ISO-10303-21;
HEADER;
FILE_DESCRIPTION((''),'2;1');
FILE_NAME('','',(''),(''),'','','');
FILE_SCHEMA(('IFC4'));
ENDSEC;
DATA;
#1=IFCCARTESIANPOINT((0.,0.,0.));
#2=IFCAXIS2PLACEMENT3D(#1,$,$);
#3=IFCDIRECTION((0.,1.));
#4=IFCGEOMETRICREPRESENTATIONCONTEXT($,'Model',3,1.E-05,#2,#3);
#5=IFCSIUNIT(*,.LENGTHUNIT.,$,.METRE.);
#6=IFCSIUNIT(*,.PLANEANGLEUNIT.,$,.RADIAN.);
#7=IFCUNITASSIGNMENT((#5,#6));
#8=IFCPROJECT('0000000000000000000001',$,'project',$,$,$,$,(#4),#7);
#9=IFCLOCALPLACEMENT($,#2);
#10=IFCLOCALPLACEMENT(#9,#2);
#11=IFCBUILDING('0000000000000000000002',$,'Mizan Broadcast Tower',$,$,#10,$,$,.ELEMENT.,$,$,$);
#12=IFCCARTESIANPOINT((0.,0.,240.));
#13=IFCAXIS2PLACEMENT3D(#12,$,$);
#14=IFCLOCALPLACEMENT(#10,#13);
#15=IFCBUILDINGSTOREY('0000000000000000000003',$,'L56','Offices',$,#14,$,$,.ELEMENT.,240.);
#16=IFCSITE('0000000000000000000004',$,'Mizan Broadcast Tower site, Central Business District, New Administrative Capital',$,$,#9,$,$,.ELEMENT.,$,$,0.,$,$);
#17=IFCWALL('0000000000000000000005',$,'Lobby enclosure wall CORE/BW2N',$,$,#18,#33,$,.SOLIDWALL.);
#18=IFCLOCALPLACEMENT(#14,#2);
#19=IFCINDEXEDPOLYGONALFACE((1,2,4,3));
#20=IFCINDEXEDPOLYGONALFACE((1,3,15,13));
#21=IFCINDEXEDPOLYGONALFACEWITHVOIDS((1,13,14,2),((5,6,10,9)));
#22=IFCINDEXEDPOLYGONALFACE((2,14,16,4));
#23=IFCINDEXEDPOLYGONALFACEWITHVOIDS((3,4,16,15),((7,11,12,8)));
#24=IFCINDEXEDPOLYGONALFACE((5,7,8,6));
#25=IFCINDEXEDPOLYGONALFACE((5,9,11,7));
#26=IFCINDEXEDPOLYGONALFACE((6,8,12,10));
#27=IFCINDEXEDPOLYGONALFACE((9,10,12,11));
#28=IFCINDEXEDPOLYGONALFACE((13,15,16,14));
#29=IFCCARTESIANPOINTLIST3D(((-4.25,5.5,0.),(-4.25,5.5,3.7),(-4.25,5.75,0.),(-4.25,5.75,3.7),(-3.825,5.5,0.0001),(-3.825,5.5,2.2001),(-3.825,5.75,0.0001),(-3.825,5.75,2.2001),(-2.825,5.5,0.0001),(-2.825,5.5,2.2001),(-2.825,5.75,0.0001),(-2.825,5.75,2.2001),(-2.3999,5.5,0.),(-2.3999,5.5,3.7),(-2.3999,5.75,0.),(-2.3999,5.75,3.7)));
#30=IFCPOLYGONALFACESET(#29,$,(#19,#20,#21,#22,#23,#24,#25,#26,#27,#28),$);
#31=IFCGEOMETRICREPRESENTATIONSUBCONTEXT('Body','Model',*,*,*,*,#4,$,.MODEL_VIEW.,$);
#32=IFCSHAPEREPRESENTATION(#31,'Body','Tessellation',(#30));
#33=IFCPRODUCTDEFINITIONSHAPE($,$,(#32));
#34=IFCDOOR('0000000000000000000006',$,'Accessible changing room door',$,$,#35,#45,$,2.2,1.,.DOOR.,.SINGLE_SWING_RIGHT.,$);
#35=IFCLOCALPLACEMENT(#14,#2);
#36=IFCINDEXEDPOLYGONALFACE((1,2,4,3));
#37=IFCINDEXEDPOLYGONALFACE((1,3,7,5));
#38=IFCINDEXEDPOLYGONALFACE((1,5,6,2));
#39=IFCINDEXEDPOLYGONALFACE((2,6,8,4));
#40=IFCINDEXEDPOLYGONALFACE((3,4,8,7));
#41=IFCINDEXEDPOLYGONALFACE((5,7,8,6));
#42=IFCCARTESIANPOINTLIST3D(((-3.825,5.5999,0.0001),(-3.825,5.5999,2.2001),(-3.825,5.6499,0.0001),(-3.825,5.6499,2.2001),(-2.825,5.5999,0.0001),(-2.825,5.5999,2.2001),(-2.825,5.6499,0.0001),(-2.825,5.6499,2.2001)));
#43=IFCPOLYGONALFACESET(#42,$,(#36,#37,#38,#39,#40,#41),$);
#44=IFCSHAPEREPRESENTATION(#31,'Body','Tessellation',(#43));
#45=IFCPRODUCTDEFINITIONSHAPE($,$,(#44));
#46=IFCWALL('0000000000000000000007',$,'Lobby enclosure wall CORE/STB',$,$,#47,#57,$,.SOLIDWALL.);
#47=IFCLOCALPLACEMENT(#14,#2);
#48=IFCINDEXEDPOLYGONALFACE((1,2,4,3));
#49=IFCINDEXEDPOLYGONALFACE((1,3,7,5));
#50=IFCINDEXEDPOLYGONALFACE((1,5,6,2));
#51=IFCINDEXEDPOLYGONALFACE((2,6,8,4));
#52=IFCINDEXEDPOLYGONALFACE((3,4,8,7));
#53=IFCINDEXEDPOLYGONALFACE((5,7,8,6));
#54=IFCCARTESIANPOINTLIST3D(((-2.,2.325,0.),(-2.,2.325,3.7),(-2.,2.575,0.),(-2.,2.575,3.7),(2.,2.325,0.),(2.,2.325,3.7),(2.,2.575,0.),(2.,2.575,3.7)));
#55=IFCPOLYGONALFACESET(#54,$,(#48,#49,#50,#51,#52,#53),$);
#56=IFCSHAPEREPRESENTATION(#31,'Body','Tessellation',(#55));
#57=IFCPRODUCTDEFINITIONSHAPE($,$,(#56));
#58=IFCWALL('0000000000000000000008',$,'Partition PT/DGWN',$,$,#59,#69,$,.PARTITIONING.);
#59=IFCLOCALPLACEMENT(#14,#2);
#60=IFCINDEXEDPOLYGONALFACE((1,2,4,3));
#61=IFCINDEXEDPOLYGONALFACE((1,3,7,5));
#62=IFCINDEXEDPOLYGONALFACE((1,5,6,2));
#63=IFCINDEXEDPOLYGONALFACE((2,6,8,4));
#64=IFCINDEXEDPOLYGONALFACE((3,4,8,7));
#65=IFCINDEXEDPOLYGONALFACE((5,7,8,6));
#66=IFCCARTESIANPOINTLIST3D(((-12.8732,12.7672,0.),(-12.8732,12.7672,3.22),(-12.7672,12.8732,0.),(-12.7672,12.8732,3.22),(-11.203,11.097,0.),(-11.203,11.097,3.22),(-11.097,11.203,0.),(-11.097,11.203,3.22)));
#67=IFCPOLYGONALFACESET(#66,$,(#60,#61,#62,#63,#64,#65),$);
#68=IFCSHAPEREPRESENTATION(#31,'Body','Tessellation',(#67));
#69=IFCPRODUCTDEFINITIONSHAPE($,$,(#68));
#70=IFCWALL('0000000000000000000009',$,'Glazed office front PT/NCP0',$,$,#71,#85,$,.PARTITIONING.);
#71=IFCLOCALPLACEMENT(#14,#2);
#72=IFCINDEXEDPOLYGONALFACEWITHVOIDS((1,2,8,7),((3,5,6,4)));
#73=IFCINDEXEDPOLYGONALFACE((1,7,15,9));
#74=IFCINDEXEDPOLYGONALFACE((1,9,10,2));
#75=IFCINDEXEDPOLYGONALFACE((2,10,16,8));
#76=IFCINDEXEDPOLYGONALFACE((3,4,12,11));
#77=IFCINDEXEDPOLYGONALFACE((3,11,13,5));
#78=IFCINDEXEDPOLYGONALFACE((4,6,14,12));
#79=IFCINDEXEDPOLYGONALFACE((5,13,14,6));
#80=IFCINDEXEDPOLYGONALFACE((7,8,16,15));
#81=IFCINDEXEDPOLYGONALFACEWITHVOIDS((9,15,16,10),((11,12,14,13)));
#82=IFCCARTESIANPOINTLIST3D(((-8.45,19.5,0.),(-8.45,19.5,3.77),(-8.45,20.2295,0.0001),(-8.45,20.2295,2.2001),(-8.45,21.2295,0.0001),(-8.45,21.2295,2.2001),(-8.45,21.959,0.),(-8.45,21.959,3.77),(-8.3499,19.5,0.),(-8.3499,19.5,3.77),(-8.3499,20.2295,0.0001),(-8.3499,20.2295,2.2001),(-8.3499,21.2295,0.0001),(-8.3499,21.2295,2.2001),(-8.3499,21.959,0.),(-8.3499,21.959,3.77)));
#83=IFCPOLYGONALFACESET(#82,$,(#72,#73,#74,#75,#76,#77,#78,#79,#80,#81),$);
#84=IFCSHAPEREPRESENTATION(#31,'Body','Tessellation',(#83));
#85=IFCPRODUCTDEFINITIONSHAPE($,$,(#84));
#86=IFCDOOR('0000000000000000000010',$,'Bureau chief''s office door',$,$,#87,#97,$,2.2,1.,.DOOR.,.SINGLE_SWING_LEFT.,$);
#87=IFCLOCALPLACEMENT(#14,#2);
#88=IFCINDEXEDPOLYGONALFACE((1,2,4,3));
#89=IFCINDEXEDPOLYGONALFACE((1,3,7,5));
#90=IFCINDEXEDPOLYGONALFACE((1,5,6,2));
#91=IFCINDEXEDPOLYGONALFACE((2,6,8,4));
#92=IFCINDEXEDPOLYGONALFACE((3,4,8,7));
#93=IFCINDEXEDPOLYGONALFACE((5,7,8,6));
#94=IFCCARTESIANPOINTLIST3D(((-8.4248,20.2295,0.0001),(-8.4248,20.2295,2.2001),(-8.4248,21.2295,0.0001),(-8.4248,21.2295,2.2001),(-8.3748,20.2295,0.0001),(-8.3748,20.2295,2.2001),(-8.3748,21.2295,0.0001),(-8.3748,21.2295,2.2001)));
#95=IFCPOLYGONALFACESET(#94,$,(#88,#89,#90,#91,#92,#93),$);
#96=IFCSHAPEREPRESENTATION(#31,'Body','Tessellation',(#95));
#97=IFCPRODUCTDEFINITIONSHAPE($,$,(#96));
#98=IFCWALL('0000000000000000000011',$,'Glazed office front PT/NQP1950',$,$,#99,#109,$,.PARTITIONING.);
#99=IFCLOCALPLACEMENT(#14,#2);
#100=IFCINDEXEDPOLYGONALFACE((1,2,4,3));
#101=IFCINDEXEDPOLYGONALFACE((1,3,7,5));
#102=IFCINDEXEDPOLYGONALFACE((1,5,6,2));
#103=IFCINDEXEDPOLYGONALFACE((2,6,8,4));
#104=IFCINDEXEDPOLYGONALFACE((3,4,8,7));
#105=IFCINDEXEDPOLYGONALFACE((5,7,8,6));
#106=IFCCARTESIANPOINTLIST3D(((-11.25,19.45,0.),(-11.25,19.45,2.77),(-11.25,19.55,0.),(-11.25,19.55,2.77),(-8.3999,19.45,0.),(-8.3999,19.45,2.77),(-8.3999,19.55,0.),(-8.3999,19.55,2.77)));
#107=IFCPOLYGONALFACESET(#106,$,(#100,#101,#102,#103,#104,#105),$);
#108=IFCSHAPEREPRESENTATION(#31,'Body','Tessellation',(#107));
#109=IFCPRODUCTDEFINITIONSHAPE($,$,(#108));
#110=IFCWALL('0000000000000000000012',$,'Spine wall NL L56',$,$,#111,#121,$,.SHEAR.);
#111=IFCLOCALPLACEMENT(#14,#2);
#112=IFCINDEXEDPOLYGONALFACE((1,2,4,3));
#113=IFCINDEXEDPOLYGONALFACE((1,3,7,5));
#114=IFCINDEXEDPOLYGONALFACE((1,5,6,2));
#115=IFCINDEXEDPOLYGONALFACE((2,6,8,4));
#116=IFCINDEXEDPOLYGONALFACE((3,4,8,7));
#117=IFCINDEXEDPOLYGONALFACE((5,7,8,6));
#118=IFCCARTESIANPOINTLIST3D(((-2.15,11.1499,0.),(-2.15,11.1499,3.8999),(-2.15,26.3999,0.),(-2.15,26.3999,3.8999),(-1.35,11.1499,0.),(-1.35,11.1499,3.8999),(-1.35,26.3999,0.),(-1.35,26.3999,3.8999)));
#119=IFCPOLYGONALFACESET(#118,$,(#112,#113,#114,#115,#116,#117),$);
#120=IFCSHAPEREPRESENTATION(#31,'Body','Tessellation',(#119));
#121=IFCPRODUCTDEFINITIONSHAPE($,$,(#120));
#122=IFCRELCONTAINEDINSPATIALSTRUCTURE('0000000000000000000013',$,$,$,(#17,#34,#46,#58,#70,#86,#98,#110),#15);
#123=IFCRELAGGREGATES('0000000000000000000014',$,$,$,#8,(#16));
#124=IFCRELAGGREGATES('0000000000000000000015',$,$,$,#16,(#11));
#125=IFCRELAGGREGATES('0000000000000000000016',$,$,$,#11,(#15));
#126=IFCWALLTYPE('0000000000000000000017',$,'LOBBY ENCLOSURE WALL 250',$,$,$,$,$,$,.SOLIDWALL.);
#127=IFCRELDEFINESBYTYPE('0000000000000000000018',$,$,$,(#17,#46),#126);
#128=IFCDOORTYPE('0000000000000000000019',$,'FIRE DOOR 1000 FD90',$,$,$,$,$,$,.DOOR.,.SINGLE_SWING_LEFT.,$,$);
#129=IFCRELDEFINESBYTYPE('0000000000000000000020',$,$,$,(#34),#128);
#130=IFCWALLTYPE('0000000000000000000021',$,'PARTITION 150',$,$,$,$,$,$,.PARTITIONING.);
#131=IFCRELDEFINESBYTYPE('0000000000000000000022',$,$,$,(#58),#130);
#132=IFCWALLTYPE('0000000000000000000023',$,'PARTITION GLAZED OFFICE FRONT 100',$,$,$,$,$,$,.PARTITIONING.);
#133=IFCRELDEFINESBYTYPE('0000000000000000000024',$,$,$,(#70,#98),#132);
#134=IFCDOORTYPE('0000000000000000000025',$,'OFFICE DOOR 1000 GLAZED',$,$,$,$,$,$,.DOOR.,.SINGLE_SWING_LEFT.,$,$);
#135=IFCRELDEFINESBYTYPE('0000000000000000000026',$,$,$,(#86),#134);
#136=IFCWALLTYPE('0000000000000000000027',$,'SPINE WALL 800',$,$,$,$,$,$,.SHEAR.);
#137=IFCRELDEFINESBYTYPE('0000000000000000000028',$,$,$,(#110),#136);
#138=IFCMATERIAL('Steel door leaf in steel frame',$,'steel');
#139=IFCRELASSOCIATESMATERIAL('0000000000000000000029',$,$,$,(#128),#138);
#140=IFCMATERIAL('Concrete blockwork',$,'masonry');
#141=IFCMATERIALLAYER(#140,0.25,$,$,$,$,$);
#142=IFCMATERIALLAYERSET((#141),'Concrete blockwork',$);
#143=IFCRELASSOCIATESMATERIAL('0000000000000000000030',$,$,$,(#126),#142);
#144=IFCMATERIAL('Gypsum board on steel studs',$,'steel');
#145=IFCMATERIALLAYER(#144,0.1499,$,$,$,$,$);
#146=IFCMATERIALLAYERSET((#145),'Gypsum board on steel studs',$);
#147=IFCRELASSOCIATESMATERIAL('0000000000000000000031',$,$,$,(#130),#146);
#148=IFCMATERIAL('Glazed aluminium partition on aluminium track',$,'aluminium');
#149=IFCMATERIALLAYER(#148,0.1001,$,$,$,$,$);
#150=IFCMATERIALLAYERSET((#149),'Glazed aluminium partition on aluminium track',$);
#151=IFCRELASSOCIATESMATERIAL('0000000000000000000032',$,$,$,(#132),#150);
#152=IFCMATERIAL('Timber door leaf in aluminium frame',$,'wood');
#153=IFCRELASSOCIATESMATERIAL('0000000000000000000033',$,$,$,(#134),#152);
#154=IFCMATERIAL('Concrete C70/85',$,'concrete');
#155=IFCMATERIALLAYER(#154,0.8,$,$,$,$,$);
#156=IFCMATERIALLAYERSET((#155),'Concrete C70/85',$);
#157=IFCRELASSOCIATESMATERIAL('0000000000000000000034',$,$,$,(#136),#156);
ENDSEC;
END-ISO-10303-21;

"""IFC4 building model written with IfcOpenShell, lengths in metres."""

from ifc_helpers import new_model, si_unit, direction, frame, frame_2d, origin, place, context, subcontext, project, spatial, rectangle, extrude, material, layer, layer_set, type_object, element, fill, save


model = new_model("IFC4")

# Units and contexts
model_context = context("Model", 3, precision=1e-05, world=origin(), true_north=direction((0.0, 1.0)))
body_context = subcontext(model_context, "Body", "Model", "MODEL_VIEW")
ifc_project = project(units=[si_unit("LENGTHUNIT", "METRE"), si_unit("PLANEANGLEUNIT", "RADIAN")], contexts=[model_context])

# Site, building, storey
site_placement = place(None, origin())
site = spatial("IfcSite", under=ifc_project, at=site_placement, Name="Mizan Broadcast Tower site, Central Business District, New Administrative Capital", CompositionType="ELEMENT", RefElevation=0.0)
building_placement = place(site_placement, origin())
building = spatial("IfcBuilding", under=site, at=building_placement, Name="Mizan Broadcast Tower", CompositionType="ELEMENT")
storey_placement = place(building_placement, frame((0.0, 0.0, 240.0)))
storey = spatial("IfcBuildingStorey", under=building, at=storey_placement, Name="L56", Description="Offices", CompositionType="ELEMENT", Elevation=240.0)

# Shared definitions
ifc_material_1 = material(Name="Steel door leaf in steel frame", Category="steel")
door_type_1 = type_object("IfcDoorType", Name="FIRE DOOR 1000 FD90", OperationType="SINGLE_SWING_LEFT", PredefinedType="DOOR", material=ifc_material_1)

# Shared definitions
ifc_material_2 = material(Name="Concrete blockwork", Category="masonry")
ifc_layer_1 = layer(ifc_material_2, 0.25)
ifc_layer_set_1 = layer_set([ifc_layer_1], Name="Concrete blockwork")
wall_type_1 = type_object("IfcWallType", Name="LOBBY ENCLOSURE WALL 250", PredefinedType="SOLIDWALL", material=ifc_layer_set_1)

# Wall, opening, door
wall_1_placement = place(storey_placement, frame((-4.25, 5.625, 0.0), z_axis=(0.0, 0.0, 1.0), x_axis=(1.0, 0.0, 0.0)))
wall_1 = element("IfcWall", 1, at=wall_1_placement, inside=storey, type_object=wall_type_1, Name="Lobby enclosure wall CORE/BW2N", PredefinedType="SOLIDWALL", context=body_context, shape_type="SweptSolid", body=[
    extrude(rectangle(XDim=1.8501, YDim=0.25, at=frame_2d((0.925, 0.0))), origin(), (0.0, 0.0, 1.0), 3.7),
])
opening_1_placement = place(wall_1_placement, frame((0.425, 0.0, 0.0)))
opening_1 = element("IfcOpeningElement", 2, at=opening_1_placement, cuts=wall_1, PredefinedType="OPENING", context=body_context, shape_type="SweptSolid", body=[
    extrude(rectangle(XDim=1.0, YDim=2.2, at=frame_2d((0.5, 1.1001))), frame((0.0, 0.135, 0.0), z_axis=(0.0, -1.0, 0.0), x_axis=(1.0, 0.0, 0.0)), (0.0, 0.0, 1.0), 0.27),
])
door_1_placement = place(opening_1_placement, origin())
door_1 = element("IfcDoor", 3, at=door_1_placement, inside=storey, type_object=door_type_1, Name="Accessible changing room door", OperationType="SINGLE_SWING_RIGHT", OverallHeight=2.2, OverallWidth=1.0, PredefinedType="DOOR", context=body_context, shape_type="SweptSolid", body=[
    extrude(rectangle(XDim=1.0, YDim=2.2, at=frame_2d((0.5, 1.1001))), frame((0.0, 0.0249, 0.0), z_axis=(0.0, -1.0, 0.0), x_axis=(1.0, 0.0, 0.0)), (0.0, 0.0, 1.0), 0.05),
])
fill(opening_1, door_1)

# Walls
wall_2_placement = place(storey_placement, frame((-2.0, 2.45, 0.0), z_axis=(0.0, 0.0, 1.0), x_axis=(1.0, 0.0, 0.0)))
element("IfcWall", 4, at=wall_2_placement, inside=storey, type_object=wall_type_1, Name="Lobby enclosure wall CORE/STB", PredefinedType="SOLIDWALL", context=body_context, shape_type="SweptSolid", body=[
    extrude(rectangle(XDim=4.0, YDim=0.25, at=frame_2d((2.0, 0.0))), origin(), (0.0, 0.0, 1.0), 3.7),
])
ifc_material_3 = material(Name="Gypsum board on steel studs", Category="steel")
ifc_layer_2 = layer(ifc_material_3, 0.1499)
ifc_layer_set_2 = layer_set([ifc_layer_2], Name="Gypsum board on steel studs")
wall_type_2 = type_object("IfcWallType", Name="PARTITION 150", PredefinedType="PARTITIONING", material=ifc_layer_set_2)
wall_3_placement = place(storey_placement, frame((-11.1499, 11.1499, 0.0), z_axis=(0.0, 0.0, 1.0), x_axis=(-0.707107, 0.707107, 0.0)))
element("IfcWall", 5, at=wall_3_placement, inside=storey, type_object=wall_type_2, Name="Partition PT/DGWN", PredefinedType="PARTITIONING", context=body_context, shape_type="SweptSolid", body=[
    extrude(rectangle(XDim=2.3621, YDim=0.1499, at=frame_2d((1.1812, 0.0))), origin(), (0.0, 0.0, 1.0), 3.22),
])

# Wall, opening, door
ifc_material_4 = material(Name="Glazed aluminium partition on aluminium track", Category="aluminium")
ifc_layer_3 = layer(ifc_material_4, 0.1001)
ifc_layer_set_3 = layer_set([ifc_layer_3], Name="Glazed aluminium partition on aluminium track")
wall_type_3 = type_object("IfcWallType", Name="PARTITION GLAZED OFFICE FRONT 100", PredefinedType="PARTITIONING", material=ifc_layer_set_3)
wall_4_placement = place(storey_placement, frame((-8.3999, 19.5, 0.0), z_axis=(0.0, 0.0, 1.0), x_axis=(0.0, 1.0, 0.0)))
wall_4 = element("IfcWall", 6, at=wall_4_placement, inside=storey, type_object=wall_type_3, Name="Glazed office front PT/NCP0", PredefinedType="PARTITIONING", context=body_context, shape_type="SweptSolid", body=[
    extrude(rectangle(XDim=2.459, YDim=0.1001, at=frame_2d((1.2295, 0.0))), origin(), (0.0, 0.0, 1.0), 3.77),
])
opening_2_placement = place(wall_4_placement, frame((0.7295, 0.0, 0.0)))
opening_2 = element("IfcOpeningElement", 7, at=opening_2_placement, cuts=wall_4, PredefinedType="OPENING", context=body_context, shape_type="SweptSolid", body=[
    extrude(rectangle(XDim=1.0, YDim=2.2, at=frame_2d((0.5, 1.1001))), frame((0.0, 0.0601, 0.0), z_axis=(0.0, -1.0, 0.0), x_axis=(1.0, 0.0, 0.0)), (0.0, 0.0, 1.0), 0.1201),
])
ifc_material_5 = material(Name="Timber door leaf in aluminium frame", Category="wood")
door_type_2 = type_object("IfcDoorType", Name="OFFICE DOOR 1000 GLAZED", OperationType="SINGLE_SWING_LEFT", PredefinedType="DOOR", material=ifc_material_5)
door_2_placement = place(opening_2_placement, origin())
door_2 = element("IfcDoor", 8, at=door_2_placement, inside=storey, type_object=door_type_2, Name="Bureau chief's office door", OperationType="SINGLE_SWING_LEFT", OverallHeight=2.2, OverallWidth=1.0, PredefinedType="DOOR", context=body_context, shape_type="SweptSolid", body=[
    extrude(rectangle(XDim=1.0, YDim=2.2, at=frame_2d((0.5, 1.1001))), frame((0.0, 0.0249, 0.0), z_axis=(0.0, -1.0, 0.0), x_axis=(1.0, 0.0, 0.0)), (0.0, 0.0, 1.0), 0.05),
])
fill(opening_2, door_2)

# Walls
wall_5_placement = place(storey_placement, frame((-8.3999, 19.5, 0.0), z_axis=(0.0, 0.0, 1.0), x_axis=(-1.0, 0.0, 0.0)))
element("IfcWall", 9, at=wall_5_placement, inside=storey, type_object=wall_type_3, Name="Glazed office front PT/NQP1950", PredefinedType="PARTITIONING", context=body_context, shape_type="SweptSolid", body=[
    extrude(rectangle(XDim=2.8501, YDim=0.1001, at=frame_2d((1.425, 0.0))), origin(), (0.0, 0.0, 1.0), 2.77),
])
ifc_material_6 = material(Name="Concrete C70/85", Category="concrete")
ifc_layer_4 = layer(ifc_material_6, 0.8)
ifc_layer_set_4 = layer_set([ifc_layer_4], Name="Concrete C70/85")
wall_type_4 = type_object("IfcWallType", Name="SPINE WALL 800", PredefinedType="SHEAR", material=ifc_layer_set_4)
wall_6_placement = place(storey_placement, frame((-1.75, 11.1499, 0.0), z_axis=(0.0, 0.0, 1.0), x_axis=(0.0, 1.0, 0.0)))
element("IfcWall", 10, at=wall_6_placement, inside=storey, type_object=wall_type_4, Name="Spine wall NL L56", PredefinedType="SHEAR", context=body_context, shape_type="SweptSolid", body=[
    extrude(rectangle(XDim=15.25, YDim=0.8, at=frame_2d((7.625, 0.0))), origin(), (0.0, 0.0, 1.0), 3.8999),
])

save(model, "model.ifc")
